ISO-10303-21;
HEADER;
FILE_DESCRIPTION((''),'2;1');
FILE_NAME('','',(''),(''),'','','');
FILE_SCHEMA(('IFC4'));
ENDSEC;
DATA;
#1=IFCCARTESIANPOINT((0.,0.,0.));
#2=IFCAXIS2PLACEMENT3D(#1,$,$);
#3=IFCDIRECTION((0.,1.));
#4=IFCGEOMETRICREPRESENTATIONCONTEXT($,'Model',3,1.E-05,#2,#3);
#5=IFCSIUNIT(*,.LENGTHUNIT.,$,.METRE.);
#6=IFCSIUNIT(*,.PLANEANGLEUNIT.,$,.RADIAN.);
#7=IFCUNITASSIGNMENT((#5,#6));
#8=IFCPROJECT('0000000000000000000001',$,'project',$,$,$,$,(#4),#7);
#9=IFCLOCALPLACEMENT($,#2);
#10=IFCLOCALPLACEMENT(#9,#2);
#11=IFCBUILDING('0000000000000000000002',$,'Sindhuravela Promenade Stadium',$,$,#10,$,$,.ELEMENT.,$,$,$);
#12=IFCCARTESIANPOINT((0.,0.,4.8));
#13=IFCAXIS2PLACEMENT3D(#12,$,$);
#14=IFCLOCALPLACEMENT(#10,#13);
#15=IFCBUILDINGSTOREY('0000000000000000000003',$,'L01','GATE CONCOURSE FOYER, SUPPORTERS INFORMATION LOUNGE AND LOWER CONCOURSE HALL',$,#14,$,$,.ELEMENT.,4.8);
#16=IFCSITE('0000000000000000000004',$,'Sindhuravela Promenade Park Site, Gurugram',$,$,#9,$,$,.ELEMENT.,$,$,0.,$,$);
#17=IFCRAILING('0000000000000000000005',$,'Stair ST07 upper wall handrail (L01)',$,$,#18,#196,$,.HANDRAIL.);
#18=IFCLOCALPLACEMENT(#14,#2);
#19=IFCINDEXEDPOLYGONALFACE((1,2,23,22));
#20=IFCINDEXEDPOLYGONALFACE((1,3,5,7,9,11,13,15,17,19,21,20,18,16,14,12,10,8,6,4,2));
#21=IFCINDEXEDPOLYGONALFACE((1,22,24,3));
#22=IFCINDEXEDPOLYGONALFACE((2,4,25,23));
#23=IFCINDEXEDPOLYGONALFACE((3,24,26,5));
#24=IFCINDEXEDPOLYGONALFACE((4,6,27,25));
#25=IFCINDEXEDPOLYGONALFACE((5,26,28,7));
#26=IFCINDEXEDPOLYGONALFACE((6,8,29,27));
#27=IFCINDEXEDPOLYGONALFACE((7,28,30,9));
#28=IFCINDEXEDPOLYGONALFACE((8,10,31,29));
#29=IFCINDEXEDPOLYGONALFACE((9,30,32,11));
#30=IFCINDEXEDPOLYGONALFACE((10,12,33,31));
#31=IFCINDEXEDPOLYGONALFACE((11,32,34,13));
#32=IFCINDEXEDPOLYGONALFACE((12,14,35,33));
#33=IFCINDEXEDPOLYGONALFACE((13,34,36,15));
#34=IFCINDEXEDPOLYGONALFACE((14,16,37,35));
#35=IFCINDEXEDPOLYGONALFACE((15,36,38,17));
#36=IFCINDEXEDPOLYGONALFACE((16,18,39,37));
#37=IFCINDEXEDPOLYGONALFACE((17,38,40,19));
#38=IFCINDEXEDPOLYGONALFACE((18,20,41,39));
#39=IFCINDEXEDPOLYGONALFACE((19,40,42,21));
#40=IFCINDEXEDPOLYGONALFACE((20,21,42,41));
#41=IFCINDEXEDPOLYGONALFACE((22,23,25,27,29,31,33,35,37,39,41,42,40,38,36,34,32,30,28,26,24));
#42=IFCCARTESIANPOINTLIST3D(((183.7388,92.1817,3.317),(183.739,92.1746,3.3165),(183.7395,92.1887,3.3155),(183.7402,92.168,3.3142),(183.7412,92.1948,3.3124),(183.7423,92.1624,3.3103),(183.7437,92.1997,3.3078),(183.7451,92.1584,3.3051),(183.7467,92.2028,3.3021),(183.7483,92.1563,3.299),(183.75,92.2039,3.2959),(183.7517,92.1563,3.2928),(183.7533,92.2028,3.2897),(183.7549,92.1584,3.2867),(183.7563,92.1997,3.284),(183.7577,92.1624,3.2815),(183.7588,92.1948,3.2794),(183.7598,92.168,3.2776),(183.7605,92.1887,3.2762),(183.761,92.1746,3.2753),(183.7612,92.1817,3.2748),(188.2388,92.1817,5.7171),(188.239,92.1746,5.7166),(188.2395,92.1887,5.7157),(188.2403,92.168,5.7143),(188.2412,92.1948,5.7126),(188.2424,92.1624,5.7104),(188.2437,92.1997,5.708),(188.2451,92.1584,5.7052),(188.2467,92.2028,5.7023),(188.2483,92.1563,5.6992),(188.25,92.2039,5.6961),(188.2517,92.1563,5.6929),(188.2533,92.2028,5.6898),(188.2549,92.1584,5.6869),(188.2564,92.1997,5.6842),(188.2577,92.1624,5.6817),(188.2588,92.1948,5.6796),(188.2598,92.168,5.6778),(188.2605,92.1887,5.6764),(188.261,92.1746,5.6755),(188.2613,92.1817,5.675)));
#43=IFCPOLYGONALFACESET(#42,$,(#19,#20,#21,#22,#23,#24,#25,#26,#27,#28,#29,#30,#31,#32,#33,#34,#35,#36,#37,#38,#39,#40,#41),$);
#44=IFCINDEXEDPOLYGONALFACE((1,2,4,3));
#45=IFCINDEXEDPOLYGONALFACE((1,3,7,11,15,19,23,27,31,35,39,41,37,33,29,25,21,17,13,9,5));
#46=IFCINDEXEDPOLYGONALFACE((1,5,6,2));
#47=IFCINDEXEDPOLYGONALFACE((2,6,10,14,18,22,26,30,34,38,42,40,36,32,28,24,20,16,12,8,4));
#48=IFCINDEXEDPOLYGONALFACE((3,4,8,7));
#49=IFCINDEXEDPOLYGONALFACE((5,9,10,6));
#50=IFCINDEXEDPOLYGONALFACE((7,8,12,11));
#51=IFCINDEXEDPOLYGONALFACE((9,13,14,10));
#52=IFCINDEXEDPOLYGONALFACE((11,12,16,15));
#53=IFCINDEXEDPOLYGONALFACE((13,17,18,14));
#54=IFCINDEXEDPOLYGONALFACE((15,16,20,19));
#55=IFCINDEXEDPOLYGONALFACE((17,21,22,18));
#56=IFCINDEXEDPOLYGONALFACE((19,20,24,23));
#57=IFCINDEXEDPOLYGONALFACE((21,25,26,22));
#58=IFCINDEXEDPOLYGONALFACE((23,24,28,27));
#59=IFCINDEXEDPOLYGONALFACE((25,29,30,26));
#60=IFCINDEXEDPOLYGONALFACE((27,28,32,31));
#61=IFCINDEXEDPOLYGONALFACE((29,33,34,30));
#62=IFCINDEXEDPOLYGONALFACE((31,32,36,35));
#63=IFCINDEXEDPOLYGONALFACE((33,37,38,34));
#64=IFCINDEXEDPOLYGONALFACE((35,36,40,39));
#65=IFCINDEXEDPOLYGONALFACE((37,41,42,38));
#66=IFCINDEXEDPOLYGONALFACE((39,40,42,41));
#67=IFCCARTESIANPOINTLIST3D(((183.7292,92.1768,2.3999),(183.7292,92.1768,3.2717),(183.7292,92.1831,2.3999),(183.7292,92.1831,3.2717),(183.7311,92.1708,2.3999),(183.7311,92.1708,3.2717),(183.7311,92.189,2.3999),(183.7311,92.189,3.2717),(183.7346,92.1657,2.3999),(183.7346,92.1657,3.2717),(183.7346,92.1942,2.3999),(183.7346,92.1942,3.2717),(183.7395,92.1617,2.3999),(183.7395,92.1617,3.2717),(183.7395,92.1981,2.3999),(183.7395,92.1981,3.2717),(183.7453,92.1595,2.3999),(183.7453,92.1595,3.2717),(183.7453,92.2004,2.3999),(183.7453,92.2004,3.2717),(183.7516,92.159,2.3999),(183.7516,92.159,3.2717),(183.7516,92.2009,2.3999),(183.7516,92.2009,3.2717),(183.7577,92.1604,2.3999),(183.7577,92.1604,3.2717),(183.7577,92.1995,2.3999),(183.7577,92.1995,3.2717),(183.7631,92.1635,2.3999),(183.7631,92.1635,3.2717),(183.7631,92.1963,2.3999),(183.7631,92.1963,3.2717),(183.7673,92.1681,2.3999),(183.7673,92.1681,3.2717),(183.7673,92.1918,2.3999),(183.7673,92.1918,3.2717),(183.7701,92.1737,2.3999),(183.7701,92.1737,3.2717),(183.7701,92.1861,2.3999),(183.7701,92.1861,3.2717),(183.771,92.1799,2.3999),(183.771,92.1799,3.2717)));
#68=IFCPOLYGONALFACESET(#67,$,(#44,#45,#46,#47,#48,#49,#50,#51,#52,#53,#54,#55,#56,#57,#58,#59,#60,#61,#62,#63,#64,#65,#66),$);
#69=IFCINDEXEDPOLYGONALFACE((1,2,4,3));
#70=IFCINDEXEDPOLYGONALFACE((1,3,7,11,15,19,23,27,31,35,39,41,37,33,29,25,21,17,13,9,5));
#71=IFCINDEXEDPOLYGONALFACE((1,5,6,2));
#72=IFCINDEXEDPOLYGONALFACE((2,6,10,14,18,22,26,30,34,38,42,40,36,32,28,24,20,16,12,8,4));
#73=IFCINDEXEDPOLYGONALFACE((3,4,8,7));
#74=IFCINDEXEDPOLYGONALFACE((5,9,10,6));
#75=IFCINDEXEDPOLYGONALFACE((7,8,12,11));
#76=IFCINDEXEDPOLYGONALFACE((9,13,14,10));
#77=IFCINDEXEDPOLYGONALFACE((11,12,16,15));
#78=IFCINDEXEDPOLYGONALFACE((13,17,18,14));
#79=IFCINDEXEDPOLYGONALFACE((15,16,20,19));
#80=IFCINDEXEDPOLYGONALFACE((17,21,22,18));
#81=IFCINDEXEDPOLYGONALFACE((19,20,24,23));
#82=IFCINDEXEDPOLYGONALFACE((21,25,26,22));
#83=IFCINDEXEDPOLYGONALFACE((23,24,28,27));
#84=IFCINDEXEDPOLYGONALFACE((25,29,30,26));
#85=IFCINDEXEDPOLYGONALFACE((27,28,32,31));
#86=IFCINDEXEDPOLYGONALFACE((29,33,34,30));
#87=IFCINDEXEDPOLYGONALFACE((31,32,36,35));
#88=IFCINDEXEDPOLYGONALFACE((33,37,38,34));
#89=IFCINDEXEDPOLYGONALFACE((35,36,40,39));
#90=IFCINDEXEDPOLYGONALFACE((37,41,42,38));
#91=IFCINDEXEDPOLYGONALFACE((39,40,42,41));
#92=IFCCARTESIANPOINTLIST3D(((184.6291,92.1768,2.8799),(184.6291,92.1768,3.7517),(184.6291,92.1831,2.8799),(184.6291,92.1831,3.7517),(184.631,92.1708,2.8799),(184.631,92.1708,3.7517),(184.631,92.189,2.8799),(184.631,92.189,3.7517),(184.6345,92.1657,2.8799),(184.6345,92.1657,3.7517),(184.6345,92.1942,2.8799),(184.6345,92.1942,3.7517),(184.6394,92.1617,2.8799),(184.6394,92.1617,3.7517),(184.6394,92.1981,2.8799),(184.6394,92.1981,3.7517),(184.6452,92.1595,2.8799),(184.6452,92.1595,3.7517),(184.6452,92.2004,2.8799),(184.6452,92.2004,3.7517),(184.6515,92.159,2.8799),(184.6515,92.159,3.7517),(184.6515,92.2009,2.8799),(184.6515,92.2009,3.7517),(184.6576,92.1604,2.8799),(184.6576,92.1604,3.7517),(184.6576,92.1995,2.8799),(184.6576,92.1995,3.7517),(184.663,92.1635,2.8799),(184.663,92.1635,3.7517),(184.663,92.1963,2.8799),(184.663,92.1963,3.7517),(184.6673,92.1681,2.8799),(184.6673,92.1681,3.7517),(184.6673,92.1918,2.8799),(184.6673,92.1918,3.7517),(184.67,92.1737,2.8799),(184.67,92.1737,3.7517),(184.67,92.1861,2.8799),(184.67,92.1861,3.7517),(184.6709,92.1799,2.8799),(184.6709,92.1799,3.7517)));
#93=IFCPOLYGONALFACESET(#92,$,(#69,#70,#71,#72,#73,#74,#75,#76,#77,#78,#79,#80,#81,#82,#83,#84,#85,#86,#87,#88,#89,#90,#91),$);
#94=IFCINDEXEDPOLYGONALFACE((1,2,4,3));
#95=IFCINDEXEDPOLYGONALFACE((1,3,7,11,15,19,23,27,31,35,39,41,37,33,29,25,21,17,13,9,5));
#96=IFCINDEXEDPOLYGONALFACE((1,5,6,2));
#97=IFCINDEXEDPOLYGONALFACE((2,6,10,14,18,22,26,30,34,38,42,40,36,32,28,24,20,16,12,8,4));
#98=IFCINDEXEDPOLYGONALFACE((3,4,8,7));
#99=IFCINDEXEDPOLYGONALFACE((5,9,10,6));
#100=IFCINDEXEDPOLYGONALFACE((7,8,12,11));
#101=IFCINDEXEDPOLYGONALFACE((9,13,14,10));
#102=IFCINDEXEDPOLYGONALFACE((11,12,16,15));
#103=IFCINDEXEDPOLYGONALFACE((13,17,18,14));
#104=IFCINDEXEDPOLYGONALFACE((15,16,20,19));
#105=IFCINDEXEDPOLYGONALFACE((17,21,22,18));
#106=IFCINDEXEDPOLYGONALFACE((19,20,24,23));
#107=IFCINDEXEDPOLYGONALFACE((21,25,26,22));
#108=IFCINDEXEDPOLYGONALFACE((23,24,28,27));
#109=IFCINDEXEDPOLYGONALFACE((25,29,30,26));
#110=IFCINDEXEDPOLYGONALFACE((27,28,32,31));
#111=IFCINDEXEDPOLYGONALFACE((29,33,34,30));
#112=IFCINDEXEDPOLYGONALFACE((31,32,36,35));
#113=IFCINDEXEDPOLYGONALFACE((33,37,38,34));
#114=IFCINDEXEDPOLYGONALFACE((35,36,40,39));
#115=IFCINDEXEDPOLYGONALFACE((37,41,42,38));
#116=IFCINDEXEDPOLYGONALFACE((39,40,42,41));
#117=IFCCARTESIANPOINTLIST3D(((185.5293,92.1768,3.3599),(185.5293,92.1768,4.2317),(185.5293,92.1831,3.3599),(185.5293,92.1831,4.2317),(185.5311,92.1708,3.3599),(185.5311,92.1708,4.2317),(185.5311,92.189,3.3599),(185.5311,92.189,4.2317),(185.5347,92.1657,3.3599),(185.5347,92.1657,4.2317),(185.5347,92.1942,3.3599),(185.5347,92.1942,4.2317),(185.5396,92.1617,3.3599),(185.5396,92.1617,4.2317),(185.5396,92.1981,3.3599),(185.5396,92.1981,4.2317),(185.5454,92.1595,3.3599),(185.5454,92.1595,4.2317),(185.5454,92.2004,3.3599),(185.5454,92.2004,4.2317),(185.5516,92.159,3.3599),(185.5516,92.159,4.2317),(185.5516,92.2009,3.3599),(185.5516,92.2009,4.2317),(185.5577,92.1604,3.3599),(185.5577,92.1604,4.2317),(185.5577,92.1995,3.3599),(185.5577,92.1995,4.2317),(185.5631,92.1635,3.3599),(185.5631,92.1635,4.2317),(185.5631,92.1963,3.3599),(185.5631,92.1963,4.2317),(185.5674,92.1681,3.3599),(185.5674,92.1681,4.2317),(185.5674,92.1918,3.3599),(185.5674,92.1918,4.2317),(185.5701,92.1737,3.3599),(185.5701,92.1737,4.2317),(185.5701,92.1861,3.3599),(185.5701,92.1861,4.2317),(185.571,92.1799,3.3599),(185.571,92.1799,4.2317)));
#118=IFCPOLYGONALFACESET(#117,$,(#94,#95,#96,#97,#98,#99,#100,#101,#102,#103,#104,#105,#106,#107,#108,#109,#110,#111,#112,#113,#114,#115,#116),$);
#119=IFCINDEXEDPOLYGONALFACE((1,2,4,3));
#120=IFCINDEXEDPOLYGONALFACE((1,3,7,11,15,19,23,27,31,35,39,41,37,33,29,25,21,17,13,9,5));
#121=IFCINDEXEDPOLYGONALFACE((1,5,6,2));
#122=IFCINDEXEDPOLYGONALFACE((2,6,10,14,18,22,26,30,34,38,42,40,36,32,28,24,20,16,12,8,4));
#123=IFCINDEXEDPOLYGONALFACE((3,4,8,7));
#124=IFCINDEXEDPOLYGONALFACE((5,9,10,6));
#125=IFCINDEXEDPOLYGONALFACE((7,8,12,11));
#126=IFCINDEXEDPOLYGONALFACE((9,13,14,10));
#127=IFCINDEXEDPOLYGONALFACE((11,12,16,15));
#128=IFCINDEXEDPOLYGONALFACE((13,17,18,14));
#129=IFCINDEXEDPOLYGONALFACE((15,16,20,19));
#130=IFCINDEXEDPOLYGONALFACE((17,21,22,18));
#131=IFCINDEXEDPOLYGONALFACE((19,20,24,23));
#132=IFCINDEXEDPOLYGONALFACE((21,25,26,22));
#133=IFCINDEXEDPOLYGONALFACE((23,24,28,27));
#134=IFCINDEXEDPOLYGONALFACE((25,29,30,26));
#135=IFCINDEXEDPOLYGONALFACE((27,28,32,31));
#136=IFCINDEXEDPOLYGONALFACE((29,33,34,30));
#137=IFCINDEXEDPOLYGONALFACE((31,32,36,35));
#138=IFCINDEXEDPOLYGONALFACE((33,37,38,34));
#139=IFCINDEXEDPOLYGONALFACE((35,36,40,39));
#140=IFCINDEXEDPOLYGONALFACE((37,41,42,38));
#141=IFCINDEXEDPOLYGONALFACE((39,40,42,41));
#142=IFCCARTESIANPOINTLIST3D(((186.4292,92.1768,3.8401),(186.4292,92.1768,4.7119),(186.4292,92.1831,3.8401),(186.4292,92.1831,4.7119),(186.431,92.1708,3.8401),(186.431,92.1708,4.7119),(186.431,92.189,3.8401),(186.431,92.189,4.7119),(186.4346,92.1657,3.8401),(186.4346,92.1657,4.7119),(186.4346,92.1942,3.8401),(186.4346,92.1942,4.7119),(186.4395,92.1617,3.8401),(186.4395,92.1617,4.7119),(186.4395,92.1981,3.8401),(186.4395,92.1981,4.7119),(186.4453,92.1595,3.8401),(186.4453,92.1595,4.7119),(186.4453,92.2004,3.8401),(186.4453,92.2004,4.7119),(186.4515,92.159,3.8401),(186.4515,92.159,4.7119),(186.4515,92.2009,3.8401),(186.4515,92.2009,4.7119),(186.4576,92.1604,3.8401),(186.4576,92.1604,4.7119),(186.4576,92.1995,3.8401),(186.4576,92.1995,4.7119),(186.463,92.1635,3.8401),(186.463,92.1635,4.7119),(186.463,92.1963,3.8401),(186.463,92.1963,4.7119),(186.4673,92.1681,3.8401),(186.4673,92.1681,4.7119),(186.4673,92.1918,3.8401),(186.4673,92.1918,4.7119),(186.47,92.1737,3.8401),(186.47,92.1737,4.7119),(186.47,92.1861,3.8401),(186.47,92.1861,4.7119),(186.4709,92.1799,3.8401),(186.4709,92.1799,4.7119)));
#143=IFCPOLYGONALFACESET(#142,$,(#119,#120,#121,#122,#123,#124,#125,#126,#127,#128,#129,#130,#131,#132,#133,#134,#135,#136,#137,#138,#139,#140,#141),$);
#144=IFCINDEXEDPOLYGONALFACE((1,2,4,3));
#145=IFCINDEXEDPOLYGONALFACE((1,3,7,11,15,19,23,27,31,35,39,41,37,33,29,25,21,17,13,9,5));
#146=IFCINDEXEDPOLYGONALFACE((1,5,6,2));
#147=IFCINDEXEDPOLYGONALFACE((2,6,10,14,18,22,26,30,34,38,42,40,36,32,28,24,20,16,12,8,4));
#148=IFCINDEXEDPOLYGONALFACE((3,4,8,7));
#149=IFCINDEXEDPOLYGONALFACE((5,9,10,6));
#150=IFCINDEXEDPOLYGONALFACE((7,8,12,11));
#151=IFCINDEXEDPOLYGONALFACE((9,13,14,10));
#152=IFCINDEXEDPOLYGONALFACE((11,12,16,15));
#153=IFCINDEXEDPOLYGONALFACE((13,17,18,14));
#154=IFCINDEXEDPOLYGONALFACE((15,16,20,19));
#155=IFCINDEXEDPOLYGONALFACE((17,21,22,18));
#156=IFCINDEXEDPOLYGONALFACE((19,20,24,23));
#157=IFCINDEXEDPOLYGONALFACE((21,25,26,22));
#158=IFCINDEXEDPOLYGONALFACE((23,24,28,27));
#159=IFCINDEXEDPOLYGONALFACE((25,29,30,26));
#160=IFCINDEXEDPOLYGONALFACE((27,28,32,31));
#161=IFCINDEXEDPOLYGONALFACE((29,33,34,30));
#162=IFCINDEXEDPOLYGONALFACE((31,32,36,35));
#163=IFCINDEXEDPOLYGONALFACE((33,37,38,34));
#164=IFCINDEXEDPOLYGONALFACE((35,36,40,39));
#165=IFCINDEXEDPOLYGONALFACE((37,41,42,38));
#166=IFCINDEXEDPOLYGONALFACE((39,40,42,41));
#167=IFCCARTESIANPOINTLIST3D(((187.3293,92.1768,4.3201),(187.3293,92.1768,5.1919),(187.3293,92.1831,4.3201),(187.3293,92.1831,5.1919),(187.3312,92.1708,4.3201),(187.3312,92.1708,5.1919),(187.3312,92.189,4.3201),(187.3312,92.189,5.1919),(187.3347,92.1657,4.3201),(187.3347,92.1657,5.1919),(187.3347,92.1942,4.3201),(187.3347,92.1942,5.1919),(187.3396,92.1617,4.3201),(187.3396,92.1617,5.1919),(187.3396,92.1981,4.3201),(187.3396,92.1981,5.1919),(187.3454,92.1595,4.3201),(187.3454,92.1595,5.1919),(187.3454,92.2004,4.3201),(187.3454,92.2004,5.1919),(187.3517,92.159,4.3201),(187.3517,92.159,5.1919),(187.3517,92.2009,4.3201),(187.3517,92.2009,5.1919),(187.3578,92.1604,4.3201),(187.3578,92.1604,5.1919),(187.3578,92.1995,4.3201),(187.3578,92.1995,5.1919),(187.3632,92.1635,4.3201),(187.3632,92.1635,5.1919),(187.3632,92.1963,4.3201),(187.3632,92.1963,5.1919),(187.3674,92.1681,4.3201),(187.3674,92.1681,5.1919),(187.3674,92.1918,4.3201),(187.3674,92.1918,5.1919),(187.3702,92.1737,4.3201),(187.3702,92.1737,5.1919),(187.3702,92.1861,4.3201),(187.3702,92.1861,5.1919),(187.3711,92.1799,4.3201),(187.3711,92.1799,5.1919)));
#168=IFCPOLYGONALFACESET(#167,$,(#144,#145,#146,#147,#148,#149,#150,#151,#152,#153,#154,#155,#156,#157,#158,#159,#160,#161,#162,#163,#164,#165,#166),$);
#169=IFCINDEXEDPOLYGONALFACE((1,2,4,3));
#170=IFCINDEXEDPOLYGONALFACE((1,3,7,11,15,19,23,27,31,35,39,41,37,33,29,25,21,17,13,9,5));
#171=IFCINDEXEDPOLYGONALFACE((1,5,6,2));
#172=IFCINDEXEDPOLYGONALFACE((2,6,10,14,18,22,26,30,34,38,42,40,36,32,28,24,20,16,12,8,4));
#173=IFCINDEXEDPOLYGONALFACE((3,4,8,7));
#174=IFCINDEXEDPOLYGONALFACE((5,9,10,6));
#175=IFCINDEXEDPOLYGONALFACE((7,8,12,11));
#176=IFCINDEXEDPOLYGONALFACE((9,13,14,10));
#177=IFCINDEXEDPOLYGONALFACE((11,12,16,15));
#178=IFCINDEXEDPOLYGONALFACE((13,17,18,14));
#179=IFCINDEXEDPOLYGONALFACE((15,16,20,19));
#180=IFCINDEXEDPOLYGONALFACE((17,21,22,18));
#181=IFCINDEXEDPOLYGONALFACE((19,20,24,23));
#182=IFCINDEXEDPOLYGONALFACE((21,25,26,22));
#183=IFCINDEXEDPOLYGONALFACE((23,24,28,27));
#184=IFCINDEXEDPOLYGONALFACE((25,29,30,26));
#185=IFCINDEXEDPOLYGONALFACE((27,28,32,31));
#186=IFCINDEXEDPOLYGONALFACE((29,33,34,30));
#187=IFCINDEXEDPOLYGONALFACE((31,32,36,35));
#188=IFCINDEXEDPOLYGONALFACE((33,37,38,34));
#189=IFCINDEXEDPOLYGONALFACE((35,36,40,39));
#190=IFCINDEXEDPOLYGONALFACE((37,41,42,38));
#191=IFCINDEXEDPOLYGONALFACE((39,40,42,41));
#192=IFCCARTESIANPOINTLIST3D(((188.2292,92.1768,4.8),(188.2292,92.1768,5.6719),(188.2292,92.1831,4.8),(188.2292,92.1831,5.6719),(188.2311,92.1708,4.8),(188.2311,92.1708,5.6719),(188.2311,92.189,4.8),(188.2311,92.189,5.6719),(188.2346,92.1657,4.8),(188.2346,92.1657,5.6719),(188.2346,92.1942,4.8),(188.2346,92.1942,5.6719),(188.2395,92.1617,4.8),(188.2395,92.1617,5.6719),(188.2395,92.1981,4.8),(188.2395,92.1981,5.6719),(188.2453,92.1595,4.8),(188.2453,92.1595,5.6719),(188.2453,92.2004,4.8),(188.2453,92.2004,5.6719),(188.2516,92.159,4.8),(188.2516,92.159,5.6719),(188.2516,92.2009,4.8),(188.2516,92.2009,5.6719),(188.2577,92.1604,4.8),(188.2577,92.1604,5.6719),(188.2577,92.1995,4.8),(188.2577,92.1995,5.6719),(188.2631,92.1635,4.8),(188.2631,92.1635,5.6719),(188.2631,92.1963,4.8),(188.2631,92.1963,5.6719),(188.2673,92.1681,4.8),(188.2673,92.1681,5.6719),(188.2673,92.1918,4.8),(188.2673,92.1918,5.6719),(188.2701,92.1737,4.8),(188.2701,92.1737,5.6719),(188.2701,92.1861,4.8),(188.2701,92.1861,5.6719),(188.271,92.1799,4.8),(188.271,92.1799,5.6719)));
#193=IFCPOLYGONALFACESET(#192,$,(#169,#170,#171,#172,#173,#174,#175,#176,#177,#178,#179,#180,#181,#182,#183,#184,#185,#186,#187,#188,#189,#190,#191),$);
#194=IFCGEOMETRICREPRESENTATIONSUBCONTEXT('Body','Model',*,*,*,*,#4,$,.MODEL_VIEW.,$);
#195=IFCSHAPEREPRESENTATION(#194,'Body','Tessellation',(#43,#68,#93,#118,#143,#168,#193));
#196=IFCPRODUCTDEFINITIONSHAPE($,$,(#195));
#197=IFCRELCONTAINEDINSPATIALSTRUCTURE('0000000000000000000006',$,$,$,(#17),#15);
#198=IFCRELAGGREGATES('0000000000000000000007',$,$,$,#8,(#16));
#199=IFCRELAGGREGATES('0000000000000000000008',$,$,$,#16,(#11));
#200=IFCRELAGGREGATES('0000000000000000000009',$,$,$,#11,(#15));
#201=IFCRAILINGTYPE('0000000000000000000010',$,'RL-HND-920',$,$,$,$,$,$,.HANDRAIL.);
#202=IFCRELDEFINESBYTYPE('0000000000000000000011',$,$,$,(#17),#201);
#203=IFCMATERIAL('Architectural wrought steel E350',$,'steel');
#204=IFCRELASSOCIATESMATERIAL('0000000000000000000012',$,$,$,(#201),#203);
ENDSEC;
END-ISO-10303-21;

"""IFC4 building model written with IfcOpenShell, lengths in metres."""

from ifc_helpers import new_model, si_unit, direction, frame, origin, origin_2d, place, context, subcontext, project, spatial, circle, extrude, material, type_object, element, save


model = new_model("IFC4")

# Units and contexts
model_context = context("Model", 3, precision=1e-05, world=origin(), true_north=direction((0.0, 1.0)))
body_context = subcontext(model_context, "Body", "Model", "MODEL_VIEW")
ifc_project = project(units=[si_unit("LENGTHUNIT", "METRE"), si_unit("PLANEANGLEUNIT", "RADIAN")], contexts=[model_context])

# Site, building, storey
site_placement = place(None, origin())
site = spatial("IfcSite", under=ifc_project, at=site_placement, Name="Sindhuravela Promenade Park Site, Gurugram", CompositionType="ELEMENT", RefElevation=0.0)
building_placement = place(site_placement, origin())
building = spatial("IfcBuilding", under=site, at=building_placement, Name="Sindhuravela Promenade Stadium", CompositionType="ELEMENT")
storey_placement = place(building_placement, frame((0.0, 0.0, 4.8)))
storey = spatial("IfcBuildingStorey", under=building, at=storey_placement, Name="L01", Description="GATE CONCOURSE FOYER, SUPPORTERS INFORMATION LOUNGE AND LOWER CONCOURSE HALL", CompositionType="ELEMENT", Elevation=4.8)

# Shared definitions
ifc_material_1 = material(Name="Architectural wrought steel E350", Category="steel")

# Railing
railing_type_1 = type_object("IfcRailingType", Name="RL-HND-920", PredefinedType="HANDRAIL", material=ifc_material_1)
railing_1_placement = place(storey_placement, frame((183.75, 92.1799, 2.3999)))
element("IfcRailing", 1, at=railing_1_placement, inside=storey, type_object=railing_type_1, Name="Stair ST07 upper wall handrail (L01)", PredefinedType="HANDRAIL", context=body_context, shape_type="SweptSolid", body=[
    extrude(circle(Radius=0.0239, at=origin_2d()), frame((0.0, 0.0, 0.896), z_axis=(0.882341, 0.0, 0.470611), x_axis=(0.0, 1.0, 0.0)), (0.0, 0.0, 1.0), 5.1001),
    extrude(circle(Radius=0.021, at=origin_2d()), origin(), (0.0, 0.0, 1.0), 0.8718),
    extrude(circle(Radius=0.021, at=origin_2d()), frame((0.8999, 0.0, 0.48)), (0.0, 0.0, 1.0), 0.8718),
    extrude(circle(Radius=0.021, at=origin_2d()), frame((1.8, 0.0, 0.96)), (0.0, 0.0, 1.0), 0.8718),
    extrude(circle(Radius=0.021, at=origin_2d()), frame((2.7, 0.0, 1.4402)), (0.0, 0.0, 1.0), 0.8718),
    extrude(circle(Radius=0.021, at=origin_2d()), frame((3.6001, 0.0, 1.9202)), (0.0, 0.0, 1.0), 0.8718),
    extrude(circle(Radius=0.021, at=origin_2d()), frame((4.5, 0.0, 2.4001)), (0.0, 0.0, 1.0), 0.8718),
])

save(model, "model.ifc")
